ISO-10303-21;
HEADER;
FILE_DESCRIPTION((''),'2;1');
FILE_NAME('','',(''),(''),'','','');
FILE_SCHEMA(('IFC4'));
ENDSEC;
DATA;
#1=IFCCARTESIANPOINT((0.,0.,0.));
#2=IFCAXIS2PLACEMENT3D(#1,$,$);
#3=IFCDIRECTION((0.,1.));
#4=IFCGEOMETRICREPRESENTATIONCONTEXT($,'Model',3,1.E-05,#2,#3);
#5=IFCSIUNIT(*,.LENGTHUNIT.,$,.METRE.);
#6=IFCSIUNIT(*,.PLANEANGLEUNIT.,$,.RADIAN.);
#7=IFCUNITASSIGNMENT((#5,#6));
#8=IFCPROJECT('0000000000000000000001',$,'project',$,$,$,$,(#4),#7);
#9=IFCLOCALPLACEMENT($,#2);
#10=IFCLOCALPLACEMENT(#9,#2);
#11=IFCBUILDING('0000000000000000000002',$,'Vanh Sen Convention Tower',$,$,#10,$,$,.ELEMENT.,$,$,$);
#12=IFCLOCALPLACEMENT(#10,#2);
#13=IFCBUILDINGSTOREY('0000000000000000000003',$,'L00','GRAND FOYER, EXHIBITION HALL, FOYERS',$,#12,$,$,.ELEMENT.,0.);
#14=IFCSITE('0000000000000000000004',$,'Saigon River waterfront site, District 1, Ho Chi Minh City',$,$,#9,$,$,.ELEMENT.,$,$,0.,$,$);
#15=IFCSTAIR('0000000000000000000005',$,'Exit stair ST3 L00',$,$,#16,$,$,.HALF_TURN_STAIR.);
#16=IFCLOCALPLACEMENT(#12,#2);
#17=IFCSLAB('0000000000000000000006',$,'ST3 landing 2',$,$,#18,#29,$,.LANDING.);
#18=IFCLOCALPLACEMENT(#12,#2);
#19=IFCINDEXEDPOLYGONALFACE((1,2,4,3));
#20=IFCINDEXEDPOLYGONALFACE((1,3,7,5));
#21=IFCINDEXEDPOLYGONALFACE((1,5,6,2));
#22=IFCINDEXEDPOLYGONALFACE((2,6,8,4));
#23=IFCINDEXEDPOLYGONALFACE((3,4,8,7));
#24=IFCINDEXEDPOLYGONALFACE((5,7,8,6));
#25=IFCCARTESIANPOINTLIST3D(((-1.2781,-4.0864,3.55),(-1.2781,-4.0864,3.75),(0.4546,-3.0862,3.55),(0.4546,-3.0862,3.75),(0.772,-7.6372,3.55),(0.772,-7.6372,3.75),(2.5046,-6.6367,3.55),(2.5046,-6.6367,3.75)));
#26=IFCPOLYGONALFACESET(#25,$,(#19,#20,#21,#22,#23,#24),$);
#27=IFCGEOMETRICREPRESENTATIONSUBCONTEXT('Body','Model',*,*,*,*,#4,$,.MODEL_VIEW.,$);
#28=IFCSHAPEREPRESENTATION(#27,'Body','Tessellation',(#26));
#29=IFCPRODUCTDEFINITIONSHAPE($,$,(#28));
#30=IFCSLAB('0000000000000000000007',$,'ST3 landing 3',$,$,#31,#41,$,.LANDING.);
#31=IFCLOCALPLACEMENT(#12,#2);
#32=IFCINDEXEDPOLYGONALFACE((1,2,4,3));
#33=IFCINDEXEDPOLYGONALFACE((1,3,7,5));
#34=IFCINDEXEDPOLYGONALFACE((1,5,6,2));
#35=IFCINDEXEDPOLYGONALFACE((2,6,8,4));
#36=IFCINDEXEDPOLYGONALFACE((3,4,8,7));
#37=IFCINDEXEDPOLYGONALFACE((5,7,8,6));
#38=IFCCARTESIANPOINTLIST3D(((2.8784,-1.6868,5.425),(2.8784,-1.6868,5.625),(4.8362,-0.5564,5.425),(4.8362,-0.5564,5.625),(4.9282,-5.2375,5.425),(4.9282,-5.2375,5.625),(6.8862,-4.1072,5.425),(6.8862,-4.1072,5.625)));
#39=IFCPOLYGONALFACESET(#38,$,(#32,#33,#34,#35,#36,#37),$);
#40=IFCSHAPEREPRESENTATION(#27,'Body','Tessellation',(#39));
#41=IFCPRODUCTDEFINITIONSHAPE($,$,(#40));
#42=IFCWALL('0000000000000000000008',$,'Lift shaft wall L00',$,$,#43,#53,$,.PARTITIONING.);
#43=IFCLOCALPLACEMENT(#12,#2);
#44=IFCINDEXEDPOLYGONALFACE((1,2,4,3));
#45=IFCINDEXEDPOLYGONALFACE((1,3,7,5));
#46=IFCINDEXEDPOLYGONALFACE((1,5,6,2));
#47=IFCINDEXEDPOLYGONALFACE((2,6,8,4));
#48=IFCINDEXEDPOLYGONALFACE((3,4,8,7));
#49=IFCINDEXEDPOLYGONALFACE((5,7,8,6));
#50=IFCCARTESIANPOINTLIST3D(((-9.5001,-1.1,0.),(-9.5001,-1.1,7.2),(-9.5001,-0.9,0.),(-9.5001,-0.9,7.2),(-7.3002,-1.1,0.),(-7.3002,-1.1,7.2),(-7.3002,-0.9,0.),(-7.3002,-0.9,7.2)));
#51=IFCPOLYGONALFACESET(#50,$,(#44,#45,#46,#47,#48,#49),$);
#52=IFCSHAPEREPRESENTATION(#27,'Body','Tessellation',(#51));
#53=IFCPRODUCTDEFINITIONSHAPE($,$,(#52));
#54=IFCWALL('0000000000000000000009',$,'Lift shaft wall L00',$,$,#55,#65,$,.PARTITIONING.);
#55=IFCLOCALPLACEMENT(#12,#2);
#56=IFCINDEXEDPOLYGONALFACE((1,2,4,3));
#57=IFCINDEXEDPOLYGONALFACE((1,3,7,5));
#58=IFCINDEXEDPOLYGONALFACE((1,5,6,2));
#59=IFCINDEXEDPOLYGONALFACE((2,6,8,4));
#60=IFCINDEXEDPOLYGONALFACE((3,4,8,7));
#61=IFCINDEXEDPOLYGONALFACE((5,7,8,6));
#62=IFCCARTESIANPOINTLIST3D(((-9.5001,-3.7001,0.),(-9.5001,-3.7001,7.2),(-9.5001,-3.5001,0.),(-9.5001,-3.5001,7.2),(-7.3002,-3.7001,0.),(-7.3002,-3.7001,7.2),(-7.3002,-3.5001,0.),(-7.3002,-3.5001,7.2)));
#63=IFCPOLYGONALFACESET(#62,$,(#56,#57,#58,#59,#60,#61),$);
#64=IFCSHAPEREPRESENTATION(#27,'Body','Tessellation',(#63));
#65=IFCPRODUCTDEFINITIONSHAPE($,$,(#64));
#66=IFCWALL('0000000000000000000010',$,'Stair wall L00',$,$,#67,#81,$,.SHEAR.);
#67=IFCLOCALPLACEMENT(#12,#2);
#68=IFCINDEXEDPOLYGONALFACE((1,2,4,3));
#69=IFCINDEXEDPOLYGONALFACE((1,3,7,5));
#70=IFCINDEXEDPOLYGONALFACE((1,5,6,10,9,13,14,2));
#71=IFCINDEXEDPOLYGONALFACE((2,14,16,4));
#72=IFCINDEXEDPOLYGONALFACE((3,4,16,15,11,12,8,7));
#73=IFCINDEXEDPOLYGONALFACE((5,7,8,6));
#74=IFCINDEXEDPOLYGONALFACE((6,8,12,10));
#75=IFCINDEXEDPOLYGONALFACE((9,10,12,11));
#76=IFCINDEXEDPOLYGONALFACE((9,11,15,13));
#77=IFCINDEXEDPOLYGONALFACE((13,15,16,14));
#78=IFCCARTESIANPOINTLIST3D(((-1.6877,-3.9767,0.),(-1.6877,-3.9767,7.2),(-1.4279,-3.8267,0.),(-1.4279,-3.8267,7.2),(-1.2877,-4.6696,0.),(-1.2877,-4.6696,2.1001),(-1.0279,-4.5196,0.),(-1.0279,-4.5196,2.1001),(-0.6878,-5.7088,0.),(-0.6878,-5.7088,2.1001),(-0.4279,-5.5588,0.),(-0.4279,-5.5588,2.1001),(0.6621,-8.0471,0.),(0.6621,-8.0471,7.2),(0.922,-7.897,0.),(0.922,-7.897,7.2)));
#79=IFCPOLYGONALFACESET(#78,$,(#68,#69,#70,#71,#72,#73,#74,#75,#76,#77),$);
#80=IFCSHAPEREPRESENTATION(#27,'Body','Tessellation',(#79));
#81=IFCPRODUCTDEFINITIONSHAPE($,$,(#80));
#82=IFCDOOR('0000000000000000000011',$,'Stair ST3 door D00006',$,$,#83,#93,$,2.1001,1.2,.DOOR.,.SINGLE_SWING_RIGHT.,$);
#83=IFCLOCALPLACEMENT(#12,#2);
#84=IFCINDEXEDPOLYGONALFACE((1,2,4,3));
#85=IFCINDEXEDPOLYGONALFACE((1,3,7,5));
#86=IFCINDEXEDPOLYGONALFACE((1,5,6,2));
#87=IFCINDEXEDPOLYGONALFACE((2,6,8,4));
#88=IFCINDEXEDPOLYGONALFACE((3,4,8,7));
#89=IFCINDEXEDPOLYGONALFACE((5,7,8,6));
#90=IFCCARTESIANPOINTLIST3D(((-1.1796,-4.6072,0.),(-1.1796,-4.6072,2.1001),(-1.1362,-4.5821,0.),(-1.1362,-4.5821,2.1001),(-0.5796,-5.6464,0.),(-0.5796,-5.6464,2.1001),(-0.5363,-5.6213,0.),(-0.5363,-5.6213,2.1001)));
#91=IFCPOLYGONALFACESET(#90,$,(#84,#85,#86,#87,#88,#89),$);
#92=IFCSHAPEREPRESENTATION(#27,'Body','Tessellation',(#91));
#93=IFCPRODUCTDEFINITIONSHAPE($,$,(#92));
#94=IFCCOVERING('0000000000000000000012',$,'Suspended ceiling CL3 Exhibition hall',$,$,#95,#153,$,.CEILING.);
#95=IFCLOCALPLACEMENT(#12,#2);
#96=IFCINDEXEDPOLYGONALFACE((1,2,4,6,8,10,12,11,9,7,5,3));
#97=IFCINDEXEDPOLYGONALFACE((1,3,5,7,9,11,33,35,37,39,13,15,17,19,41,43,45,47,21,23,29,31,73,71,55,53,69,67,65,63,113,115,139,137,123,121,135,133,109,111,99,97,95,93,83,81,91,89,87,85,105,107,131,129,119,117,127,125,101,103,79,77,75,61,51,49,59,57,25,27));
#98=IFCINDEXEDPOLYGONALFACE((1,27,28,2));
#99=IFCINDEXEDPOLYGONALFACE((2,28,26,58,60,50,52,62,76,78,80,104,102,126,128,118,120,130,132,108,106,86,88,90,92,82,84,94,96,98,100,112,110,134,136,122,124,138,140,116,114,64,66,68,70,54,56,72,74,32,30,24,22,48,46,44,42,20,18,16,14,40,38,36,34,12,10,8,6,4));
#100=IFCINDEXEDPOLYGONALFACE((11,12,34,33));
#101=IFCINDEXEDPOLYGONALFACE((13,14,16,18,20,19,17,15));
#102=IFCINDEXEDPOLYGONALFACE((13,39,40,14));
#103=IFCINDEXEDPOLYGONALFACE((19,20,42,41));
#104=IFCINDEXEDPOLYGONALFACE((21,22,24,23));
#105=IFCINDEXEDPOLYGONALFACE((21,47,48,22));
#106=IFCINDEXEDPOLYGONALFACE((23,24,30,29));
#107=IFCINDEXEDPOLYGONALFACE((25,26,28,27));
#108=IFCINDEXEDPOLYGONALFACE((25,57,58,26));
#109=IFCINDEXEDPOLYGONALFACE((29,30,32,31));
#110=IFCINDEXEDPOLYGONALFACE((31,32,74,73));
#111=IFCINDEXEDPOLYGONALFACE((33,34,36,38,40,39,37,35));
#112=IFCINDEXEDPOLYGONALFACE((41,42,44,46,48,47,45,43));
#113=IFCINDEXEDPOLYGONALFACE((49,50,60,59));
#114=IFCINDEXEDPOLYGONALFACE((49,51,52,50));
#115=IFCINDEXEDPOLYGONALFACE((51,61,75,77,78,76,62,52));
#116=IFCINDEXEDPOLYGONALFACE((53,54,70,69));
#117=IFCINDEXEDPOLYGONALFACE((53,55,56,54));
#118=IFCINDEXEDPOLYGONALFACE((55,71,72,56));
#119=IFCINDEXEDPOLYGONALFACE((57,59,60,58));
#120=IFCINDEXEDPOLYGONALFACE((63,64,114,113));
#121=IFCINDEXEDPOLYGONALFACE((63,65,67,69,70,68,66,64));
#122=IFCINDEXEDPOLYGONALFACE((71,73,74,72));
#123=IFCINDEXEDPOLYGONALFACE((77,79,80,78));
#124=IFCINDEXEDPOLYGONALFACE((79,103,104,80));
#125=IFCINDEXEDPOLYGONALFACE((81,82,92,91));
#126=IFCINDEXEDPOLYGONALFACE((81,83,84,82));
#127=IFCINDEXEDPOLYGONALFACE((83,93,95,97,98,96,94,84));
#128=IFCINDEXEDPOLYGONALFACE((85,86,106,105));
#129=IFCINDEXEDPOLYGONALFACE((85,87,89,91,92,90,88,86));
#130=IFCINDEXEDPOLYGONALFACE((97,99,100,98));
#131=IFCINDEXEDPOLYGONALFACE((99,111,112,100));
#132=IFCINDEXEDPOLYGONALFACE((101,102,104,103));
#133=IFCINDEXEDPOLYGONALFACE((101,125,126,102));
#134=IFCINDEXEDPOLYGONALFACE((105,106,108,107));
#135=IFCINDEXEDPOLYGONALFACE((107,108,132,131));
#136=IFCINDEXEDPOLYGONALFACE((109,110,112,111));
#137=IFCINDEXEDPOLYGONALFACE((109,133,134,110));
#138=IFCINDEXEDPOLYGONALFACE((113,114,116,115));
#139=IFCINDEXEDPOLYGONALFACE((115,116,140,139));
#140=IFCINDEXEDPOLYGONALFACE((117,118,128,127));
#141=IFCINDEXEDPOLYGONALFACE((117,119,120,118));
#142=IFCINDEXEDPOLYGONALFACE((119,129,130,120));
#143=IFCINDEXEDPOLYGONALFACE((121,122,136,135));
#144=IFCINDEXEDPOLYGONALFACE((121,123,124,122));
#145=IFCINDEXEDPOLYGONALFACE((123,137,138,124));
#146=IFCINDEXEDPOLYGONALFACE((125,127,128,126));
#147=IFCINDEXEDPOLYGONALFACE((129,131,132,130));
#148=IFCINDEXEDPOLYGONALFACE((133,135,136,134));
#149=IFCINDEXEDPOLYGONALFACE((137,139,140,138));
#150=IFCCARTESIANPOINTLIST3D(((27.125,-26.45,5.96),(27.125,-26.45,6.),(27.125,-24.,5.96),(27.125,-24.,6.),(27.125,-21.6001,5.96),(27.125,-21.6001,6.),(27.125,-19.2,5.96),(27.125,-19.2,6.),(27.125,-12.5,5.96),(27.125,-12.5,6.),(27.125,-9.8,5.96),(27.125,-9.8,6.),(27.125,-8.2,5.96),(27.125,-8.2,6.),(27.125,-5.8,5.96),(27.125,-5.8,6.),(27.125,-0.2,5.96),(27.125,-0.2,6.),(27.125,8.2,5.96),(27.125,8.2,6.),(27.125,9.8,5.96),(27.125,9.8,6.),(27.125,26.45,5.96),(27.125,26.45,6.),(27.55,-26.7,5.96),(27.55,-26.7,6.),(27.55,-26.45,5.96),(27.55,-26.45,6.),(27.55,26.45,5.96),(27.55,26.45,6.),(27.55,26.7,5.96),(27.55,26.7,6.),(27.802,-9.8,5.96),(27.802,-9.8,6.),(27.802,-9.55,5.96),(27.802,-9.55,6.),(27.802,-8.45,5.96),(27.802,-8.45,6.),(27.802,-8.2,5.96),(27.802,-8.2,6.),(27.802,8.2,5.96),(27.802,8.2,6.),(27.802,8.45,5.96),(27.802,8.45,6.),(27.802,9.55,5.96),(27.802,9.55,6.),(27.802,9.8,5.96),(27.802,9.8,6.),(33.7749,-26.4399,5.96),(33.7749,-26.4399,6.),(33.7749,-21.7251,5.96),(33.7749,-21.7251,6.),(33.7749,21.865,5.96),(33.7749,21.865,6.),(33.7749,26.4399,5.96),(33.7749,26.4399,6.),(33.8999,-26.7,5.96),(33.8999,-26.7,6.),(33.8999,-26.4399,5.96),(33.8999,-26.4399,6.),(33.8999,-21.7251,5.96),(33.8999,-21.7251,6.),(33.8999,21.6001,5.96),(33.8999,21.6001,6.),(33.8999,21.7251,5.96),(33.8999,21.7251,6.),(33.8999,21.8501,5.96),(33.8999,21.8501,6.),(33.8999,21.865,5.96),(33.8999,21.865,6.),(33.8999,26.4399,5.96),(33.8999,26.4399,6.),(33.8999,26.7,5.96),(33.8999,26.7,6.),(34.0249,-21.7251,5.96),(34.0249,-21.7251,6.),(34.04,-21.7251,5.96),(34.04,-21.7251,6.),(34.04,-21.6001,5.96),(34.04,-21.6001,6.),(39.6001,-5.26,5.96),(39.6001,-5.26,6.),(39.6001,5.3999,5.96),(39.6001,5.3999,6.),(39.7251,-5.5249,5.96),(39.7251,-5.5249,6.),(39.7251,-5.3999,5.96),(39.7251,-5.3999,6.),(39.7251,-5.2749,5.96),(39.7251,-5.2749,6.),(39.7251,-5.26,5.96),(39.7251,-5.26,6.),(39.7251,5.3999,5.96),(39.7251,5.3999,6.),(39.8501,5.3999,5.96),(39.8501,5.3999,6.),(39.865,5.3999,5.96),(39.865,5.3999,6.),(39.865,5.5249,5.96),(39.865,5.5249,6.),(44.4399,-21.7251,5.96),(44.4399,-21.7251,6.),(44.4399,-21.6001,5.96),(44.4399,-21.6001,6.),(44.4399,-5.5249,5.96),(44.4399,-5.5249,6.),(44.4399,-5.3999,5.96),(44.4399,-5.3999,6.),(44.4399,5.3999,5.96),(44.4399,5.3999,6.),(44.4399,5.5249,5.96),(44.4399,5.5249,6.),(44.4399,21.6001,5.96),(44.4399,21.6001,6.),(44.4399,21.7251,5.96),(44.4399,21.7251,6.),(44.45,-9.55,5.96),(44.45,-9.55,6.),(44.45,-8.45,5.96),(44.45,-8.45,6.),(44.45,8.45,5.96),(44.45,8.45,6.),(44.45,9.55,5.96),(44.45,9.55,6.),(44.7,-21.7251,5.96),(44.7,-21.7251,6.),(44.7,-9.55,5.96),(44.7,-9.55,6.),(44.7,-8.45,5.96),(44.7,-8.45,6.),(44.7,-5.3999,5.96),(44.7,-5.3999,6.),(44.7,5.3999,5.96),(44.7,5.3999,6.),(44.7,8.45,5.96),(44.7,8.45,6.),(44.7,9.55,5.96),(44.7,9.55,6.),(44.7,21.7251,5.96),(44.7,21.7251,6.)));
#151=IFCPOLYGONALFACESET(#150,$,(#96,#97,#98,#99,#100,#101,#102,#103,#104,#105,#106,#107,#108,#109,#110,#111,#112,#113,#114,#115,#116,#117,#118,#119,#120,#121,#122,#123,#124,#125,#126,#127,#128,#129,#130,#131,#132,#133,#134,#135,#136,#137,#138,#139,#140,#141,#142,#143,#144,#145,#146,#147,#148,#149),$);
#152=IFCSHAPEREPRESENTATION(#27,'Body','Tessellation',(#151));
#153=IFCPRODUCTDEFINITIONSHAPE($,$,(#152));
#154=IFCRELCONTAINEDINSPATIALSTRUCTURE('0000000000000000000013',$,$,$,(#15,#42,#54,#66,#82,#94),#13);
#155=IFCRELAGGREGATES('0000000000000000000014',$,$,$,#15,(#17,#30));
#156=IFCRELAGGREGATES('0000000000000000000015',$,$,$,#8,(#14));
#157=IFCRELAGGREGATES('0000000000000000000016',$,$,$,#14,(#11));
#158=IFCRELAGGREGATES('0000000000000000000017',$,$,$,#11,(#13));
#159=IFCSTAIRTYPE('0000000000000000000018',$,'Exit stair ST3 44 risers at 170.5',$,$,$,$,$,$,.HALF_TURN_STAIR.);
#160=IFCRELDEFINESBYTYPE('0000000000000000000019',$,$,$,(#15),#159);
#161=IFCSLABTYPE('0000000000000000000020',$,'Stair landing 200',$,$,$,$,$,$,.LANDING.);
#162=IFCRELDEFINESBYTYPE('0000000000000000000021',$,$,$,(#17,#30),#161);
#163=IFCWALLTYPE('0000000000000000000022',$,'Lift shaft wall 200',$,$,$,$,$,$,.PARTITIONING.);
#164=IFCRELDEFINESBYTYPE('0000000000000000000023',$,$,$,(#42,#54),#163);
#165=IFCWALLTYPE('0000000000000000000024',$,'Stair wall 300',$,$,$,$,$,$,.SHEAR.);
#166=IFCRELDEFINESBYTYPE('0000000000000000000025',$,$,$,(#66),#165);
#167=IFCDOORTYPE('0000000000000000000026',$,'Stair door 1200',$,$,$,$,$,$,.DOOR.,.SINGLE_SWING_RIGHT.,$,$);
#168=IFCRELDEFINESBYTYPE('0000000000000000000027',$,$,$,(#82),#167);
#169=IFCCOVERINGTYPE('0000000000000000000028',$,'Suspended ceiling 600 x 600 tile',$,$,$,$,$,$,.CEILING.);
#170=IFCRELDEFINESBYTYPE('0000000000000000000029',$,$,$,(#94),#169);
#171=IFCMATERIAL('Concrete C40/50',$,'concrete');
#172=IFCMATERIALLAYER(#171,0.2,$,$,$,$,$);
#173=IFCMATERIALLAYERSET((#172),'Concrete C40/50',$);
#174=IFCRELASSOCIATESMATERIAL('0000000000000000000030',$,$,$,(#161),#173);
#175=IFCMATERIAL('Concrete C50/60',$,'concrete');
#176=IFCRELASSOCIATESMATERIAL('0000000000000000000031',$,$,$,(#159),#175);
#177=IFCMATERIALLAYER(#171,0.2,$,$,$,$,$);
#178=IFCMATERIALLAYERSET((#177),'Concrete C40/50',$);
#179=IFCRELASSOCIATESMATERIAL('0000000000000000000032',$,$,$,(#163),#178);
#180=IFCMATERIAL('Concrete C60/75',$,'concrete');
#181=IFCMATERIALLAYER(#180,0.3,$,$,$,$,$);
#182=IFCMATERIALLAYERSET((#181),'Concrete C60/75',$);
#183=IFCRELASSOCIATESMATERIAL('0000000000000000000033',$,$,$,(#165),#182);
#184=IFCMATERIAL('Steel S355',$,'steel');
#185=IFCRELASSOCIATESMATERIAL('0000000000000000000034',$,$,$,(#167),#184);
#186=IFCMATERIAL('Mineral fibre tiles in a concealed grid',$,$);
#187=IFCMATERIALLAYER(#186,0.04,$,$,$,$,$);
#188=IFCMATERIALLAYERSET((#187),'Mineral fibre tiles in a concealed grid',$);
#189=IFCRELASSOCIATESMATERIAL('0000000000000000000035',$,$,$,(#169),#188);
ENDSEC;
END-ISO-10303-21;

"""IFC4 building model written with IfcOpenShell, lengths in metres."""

from ifc_helpers import new_model, si_unit, direction, frame, frame_2d, origin, place, context, subcontext, project, spatial, polyline, rectangle, outline, extrude, material, layer, layer_set, type_object, element, fill, aggregate, save


model = new_model("IFC4")

# Units and contexts
model_context = context("Model", 3, precision=1e-05, world=origin(), true_north=direction((0.0, 1.0)))
body_context = subcontext(model_context, "Body", "Model", "MODEL_VIEW")
ifc_project = project(units=[si_unit("LENGTHUNIT", "METRE"), si_unit("PLANEANGLEUNIT", "RADIAN")], contexts=[model_context])

# Site, building, storey
site_placement = place(None, origin())
site = spatial("IfcSite", under=ifc_project, at=site_placement, Name="Saigon River waterfront site, District 1, Ho Chi Minh City", CompositionType="ELEMENT", RefElevation=0.0)
building_placement = place(site_placement, origin())
building = spatial("IfcBuilding", under=site, at=building_placement, Name="Vanh Sen Convention Tower", CompositionType="ELEMENT")
storey_placement = place(building_placement, origin())
storey = spatial("IfcBuildingStorey", under=building, at=storey_placement, Name="L00", Description="GRAND FOYER, EXHIBITION HALL, FOYERS", CompositionType="ELEMENT", Elevation=0.0)

# Shared definitions
ifc_material_1 = material(Name="Concrete C40/50", Category="concrete")

# Stair, slabs
ifc_material_2 = material(Name="Concrete C50/60", Category="concrete")
ifc_layer_1 = layer(ifc_material_1, 0.2)
ifc_layer_set_1 = layer_set([ifc_layer_1], Name="Concrete C40/50")
slab_type_1 = type_object("IfcSlabType", Name="Stair landing 200", PredefinedType="LANDING", material=ifc_layer_set_1)
stair_type_1 = type_object("IfcStairType", Name="Exit stair ST3 44 risers at 170.5", PredefinedType="HALF_TURN_STAIR", material=ifc_material_2)
stair_1_placement = place(storey_placement, origin())
stair_1 = element("IfcStair", 1, at=stair_1_placement, inside=storey, type_object=stair_type_1, Name="Exit stair ST3 L00", PredefinedType="HALF_TURN_STAIR")
slab_1_placement = place(storey_placement, frame((0.0, 0.0, 3.55)))
slab_1 = element("IfcSlab", 2, at=slab_1_placement, type_object=slab_type_1, Name="ST3 landing 2", PredefinedType="LANDING", context=body_context, shape_type="SweptSolid", body=[
    extrude(outline(polyline([(0.772, -7.6372), (2.5046, -6.6367), (0.4546, -3.0862), (-1.2781, -4.0864), (0.772, -7.6372)])), origin(), (0.0, 0.0, 1.0), 0.2),
])
slab_2_placement = place(storey_placement, frame((0.0, 0.0, 5.425)))
slab_2 = element("IfcSlab", 3, at=slab_2_placement, type_object=slab_type_1, Name="ST3 landing 3", PredefinedType="LANDING", context=body_context, shape_type="SweptSolid", body=[
    extrude(outline(polyline([(4.9282, -5.2375), (6.8862, -4.1072), (4.8362, -0.5564), (2.8784, -1.6868), (4.9282, -5.2375)])), origin(), (0.0, 0.0, 1.0), 0.2),
])
aggregate(stair_1, [slab_1, slab_2])

# Walls
ifc_layer_2 = layer(ifc_material_1, 0.2)
ifc_layer_set_2 = layer_set([ifc_layer_2], Name="Concrete C40/50")
wall_type_1 = type_object("IfcWallType", Name="Lift shaft wall 200", PredefinedType="PARTITIONING", material=ifc_layer_set_2)
for number, where, z_axis, x_axis, name in (
    (4, (-7.3, -1.0, 0.0), (0.0, 0.0, 1.0), (-1.0, 0.0, 0.0), "Lift shaft wall L00"),
    (5, (-7.3, -3.6001, 0.0), (0.0, 0.0, 1.0), (-1.0, 0.0, 0.0), "Lift shaft wall L00"),
):
    element("IfcWall", number, at=place(storey_placement, frame(where, z_axis=z_axis, x_axis=x_axis)), inside=storey, type_object=wall_type_1, Name=name, PredefinedType="PARTITIONING", context=body_context, shape_type="SweptSolid", body=[
        extrude(rectangle(XDim=2.2, YDim=0.2, at=frame_2d((1.1001, 0.0))), origin(), (0.0, 0.0, 1.0), 7.2),
    ])

# Wall, opening, door
ifc_material_3 = material(Name="Concrete C60/75", Category="concrete")
ifc_layer_3 = layer(ifc_material_3, 0.3)
ifc_layer_set_3 = layer_set([ifc_layer_3], Name="Concrete C60/75")
wall_type_2 = type_object("IfcWallType", Name="Stair wall 300", PredefinedType="SHEAR", material=ifc_layer_set_3)
wall_placement = place(storey_placement, frame((-1.5579, -3.9016, 0.0), z_axis=(0.0, 0.0, 1.0), x_axis=(0.499977, -0.866039, 0.0)))
wall = element("IfcWall", 6, at=wall_placement, inside=storey, type_object=wall_type_2, Name="Stair wall L00", PredefinedType="SHEAR", context=body_context, shape_type="SweptSolid", body=[
    extrude(rectangle(XDim=4.7, YDim=0.3, at=frame_2d((2.3501, 0.0))), origin(), (0.0, 0.0, 1.0), 7.2),
])
opening_placement = place(wall_placement, frame((0.8, 0.0, 0.0)))
opening = element("IfcOpeningElement", 7, at=opening_placement, cuts=wall, PredefinedType="OPENING", context=body_context, shape_type="SweptSolid", body=[
    extrude(rectangle(XDim=1.2, YDim=2.1001, at=frame_2d((0.6001, 1.05))), frame((0.0, 0.1599, 0.0), z_axis=(0.0, -1.0, 0.0), x_axis=(1.0, 0.0, 0.0)), (0.0, 0.0, 1.0), 0.3201),
])
ifc_material_4 = material(Name="Steel S355", Category="steel")
door_type = type_object("IfcDoorType", Name="Stair door 1200", OperationType="SINGLE_SWING_RIGHT", PredefinedType="DOOR", material=ifc_material_4)
door_placement = place(opening_placement, origin())
door = element("IfcDoor", 8, at=door_placement, inside=storey, type_object=door_type, Name="Stair ST3 door D00006", OperationType="SINGLE_SWING_RIGHT", OverallHeight=2.1001, OverallWidth=1.2, PredefinedType="DOOR", context=body_context, shape_type="SweptSolid", body=[
    extrude(rectangle(XDim=1.2, YDim=2.1001, at=frame_2d((0.6001, 1.05))), frame((0.0, 0.0249, 0.0), z_axis=(0.0, -1.0, 0.0), x_axis=(1.0, 0.0, 0.0)), (0.0, 0.0, 1.0), 0.05),
])
fill(opening, door)

# Covering
ifc_material_5 = material(Name="Mineral fibre tiles in a concealed grid")
ifc_layer_4 = layer(ifc_material_5, 0.04)
ifc_layer_set_4 = layer_set([ifc_layer_4], Name="Mineral fibre tiles in a concealed grid")
covering_type = type_object("IfcCoveringType", Name="Suspended ceiling 600 x 600 tile", PredefinedType="CEILING", material=ifc_layer_set_4)
covering_1_placement = place(storey_placement, frame((0.0, 0.0, 5.96)))
element("IfcCovering", 9, at=covering_1_placement, inside=storey, type_object=covering_type, Name="Suspended ceiling CL3 Exhibition hall", PredefinedType="CEILING", context=body_context, shape_type="SweptSolid", body=[
    extrude(outline(polyline([(33.7749, 26.4399), (33.8999, 26.4399), (33.8999, 26.7), (27.55, 26.7), (27.55, 26.45), (27.125, 26.45), (27.125, 9.8), (27.802, 9.8), (27.802, 9.55), (27.802, 8.45), (27.802, 8.2), (27.125, 8.2), (27.125, -0.2), (27.125, -5.8), (27.125, -8.2), (27.802, -8.2), (27.802, -8.45), (27.802, -9.55), (27.802, -9.8), (27.125, -9.8), (27.125, -12.5), (27.125, -19.2), (27.125, -21.6001), (27.125, -24.0), (27.125, -26.45), (27.55, -26.45), (27.55, -26.7), (33.8999, -26.7), (33.8999, -26.4399), (33.7749, -26.4399), (33.7749, -21.7251), (33.8999, -21.7251), (34.0249, -21.7251), (34.04, -21.7251), (34.04, -21.6001), (44.4399, -21.6001), (44.4399, -21.7251), (44.7, -21.7251), (44.7, -9.55), (44.45, -9.55), (44.45, -8.45), (44.7, -8.45), (44.7, -5.3999), (44.4399, -5.3999), (44.4399, -5.5249), (39.7251, -5.5249), (39.7251, -5.3999), (39.7251, -5.2749), (39.7251, -5.26), (39.6001, -5.26), (39.6001, 5.3999), (39.7251, 5.3999), (39.8501, 5.3999), (39.865, 5.3999), (39.865, 5.5249), (44.4399, 5.5249), (44.4399, 5.3999), (44.7, 5.3999), (44.7, 8.45), (44.45, 8.45), (44.45, 9.55), (44.7, 9.55), (44.7, 21.7251), (44.4399, 21.7251), (44.4399, 21.6001), (33.8999, 21.6001), (33.8999, 21.7251), (33.8999, 21.8501), (33.8999, 21.865), (33.7749, 21.865), (33.7749, 26.4399)])), origin(), (0.0, 0.0, 1.0), 0.04),
])

save(model, "model.ifc")
